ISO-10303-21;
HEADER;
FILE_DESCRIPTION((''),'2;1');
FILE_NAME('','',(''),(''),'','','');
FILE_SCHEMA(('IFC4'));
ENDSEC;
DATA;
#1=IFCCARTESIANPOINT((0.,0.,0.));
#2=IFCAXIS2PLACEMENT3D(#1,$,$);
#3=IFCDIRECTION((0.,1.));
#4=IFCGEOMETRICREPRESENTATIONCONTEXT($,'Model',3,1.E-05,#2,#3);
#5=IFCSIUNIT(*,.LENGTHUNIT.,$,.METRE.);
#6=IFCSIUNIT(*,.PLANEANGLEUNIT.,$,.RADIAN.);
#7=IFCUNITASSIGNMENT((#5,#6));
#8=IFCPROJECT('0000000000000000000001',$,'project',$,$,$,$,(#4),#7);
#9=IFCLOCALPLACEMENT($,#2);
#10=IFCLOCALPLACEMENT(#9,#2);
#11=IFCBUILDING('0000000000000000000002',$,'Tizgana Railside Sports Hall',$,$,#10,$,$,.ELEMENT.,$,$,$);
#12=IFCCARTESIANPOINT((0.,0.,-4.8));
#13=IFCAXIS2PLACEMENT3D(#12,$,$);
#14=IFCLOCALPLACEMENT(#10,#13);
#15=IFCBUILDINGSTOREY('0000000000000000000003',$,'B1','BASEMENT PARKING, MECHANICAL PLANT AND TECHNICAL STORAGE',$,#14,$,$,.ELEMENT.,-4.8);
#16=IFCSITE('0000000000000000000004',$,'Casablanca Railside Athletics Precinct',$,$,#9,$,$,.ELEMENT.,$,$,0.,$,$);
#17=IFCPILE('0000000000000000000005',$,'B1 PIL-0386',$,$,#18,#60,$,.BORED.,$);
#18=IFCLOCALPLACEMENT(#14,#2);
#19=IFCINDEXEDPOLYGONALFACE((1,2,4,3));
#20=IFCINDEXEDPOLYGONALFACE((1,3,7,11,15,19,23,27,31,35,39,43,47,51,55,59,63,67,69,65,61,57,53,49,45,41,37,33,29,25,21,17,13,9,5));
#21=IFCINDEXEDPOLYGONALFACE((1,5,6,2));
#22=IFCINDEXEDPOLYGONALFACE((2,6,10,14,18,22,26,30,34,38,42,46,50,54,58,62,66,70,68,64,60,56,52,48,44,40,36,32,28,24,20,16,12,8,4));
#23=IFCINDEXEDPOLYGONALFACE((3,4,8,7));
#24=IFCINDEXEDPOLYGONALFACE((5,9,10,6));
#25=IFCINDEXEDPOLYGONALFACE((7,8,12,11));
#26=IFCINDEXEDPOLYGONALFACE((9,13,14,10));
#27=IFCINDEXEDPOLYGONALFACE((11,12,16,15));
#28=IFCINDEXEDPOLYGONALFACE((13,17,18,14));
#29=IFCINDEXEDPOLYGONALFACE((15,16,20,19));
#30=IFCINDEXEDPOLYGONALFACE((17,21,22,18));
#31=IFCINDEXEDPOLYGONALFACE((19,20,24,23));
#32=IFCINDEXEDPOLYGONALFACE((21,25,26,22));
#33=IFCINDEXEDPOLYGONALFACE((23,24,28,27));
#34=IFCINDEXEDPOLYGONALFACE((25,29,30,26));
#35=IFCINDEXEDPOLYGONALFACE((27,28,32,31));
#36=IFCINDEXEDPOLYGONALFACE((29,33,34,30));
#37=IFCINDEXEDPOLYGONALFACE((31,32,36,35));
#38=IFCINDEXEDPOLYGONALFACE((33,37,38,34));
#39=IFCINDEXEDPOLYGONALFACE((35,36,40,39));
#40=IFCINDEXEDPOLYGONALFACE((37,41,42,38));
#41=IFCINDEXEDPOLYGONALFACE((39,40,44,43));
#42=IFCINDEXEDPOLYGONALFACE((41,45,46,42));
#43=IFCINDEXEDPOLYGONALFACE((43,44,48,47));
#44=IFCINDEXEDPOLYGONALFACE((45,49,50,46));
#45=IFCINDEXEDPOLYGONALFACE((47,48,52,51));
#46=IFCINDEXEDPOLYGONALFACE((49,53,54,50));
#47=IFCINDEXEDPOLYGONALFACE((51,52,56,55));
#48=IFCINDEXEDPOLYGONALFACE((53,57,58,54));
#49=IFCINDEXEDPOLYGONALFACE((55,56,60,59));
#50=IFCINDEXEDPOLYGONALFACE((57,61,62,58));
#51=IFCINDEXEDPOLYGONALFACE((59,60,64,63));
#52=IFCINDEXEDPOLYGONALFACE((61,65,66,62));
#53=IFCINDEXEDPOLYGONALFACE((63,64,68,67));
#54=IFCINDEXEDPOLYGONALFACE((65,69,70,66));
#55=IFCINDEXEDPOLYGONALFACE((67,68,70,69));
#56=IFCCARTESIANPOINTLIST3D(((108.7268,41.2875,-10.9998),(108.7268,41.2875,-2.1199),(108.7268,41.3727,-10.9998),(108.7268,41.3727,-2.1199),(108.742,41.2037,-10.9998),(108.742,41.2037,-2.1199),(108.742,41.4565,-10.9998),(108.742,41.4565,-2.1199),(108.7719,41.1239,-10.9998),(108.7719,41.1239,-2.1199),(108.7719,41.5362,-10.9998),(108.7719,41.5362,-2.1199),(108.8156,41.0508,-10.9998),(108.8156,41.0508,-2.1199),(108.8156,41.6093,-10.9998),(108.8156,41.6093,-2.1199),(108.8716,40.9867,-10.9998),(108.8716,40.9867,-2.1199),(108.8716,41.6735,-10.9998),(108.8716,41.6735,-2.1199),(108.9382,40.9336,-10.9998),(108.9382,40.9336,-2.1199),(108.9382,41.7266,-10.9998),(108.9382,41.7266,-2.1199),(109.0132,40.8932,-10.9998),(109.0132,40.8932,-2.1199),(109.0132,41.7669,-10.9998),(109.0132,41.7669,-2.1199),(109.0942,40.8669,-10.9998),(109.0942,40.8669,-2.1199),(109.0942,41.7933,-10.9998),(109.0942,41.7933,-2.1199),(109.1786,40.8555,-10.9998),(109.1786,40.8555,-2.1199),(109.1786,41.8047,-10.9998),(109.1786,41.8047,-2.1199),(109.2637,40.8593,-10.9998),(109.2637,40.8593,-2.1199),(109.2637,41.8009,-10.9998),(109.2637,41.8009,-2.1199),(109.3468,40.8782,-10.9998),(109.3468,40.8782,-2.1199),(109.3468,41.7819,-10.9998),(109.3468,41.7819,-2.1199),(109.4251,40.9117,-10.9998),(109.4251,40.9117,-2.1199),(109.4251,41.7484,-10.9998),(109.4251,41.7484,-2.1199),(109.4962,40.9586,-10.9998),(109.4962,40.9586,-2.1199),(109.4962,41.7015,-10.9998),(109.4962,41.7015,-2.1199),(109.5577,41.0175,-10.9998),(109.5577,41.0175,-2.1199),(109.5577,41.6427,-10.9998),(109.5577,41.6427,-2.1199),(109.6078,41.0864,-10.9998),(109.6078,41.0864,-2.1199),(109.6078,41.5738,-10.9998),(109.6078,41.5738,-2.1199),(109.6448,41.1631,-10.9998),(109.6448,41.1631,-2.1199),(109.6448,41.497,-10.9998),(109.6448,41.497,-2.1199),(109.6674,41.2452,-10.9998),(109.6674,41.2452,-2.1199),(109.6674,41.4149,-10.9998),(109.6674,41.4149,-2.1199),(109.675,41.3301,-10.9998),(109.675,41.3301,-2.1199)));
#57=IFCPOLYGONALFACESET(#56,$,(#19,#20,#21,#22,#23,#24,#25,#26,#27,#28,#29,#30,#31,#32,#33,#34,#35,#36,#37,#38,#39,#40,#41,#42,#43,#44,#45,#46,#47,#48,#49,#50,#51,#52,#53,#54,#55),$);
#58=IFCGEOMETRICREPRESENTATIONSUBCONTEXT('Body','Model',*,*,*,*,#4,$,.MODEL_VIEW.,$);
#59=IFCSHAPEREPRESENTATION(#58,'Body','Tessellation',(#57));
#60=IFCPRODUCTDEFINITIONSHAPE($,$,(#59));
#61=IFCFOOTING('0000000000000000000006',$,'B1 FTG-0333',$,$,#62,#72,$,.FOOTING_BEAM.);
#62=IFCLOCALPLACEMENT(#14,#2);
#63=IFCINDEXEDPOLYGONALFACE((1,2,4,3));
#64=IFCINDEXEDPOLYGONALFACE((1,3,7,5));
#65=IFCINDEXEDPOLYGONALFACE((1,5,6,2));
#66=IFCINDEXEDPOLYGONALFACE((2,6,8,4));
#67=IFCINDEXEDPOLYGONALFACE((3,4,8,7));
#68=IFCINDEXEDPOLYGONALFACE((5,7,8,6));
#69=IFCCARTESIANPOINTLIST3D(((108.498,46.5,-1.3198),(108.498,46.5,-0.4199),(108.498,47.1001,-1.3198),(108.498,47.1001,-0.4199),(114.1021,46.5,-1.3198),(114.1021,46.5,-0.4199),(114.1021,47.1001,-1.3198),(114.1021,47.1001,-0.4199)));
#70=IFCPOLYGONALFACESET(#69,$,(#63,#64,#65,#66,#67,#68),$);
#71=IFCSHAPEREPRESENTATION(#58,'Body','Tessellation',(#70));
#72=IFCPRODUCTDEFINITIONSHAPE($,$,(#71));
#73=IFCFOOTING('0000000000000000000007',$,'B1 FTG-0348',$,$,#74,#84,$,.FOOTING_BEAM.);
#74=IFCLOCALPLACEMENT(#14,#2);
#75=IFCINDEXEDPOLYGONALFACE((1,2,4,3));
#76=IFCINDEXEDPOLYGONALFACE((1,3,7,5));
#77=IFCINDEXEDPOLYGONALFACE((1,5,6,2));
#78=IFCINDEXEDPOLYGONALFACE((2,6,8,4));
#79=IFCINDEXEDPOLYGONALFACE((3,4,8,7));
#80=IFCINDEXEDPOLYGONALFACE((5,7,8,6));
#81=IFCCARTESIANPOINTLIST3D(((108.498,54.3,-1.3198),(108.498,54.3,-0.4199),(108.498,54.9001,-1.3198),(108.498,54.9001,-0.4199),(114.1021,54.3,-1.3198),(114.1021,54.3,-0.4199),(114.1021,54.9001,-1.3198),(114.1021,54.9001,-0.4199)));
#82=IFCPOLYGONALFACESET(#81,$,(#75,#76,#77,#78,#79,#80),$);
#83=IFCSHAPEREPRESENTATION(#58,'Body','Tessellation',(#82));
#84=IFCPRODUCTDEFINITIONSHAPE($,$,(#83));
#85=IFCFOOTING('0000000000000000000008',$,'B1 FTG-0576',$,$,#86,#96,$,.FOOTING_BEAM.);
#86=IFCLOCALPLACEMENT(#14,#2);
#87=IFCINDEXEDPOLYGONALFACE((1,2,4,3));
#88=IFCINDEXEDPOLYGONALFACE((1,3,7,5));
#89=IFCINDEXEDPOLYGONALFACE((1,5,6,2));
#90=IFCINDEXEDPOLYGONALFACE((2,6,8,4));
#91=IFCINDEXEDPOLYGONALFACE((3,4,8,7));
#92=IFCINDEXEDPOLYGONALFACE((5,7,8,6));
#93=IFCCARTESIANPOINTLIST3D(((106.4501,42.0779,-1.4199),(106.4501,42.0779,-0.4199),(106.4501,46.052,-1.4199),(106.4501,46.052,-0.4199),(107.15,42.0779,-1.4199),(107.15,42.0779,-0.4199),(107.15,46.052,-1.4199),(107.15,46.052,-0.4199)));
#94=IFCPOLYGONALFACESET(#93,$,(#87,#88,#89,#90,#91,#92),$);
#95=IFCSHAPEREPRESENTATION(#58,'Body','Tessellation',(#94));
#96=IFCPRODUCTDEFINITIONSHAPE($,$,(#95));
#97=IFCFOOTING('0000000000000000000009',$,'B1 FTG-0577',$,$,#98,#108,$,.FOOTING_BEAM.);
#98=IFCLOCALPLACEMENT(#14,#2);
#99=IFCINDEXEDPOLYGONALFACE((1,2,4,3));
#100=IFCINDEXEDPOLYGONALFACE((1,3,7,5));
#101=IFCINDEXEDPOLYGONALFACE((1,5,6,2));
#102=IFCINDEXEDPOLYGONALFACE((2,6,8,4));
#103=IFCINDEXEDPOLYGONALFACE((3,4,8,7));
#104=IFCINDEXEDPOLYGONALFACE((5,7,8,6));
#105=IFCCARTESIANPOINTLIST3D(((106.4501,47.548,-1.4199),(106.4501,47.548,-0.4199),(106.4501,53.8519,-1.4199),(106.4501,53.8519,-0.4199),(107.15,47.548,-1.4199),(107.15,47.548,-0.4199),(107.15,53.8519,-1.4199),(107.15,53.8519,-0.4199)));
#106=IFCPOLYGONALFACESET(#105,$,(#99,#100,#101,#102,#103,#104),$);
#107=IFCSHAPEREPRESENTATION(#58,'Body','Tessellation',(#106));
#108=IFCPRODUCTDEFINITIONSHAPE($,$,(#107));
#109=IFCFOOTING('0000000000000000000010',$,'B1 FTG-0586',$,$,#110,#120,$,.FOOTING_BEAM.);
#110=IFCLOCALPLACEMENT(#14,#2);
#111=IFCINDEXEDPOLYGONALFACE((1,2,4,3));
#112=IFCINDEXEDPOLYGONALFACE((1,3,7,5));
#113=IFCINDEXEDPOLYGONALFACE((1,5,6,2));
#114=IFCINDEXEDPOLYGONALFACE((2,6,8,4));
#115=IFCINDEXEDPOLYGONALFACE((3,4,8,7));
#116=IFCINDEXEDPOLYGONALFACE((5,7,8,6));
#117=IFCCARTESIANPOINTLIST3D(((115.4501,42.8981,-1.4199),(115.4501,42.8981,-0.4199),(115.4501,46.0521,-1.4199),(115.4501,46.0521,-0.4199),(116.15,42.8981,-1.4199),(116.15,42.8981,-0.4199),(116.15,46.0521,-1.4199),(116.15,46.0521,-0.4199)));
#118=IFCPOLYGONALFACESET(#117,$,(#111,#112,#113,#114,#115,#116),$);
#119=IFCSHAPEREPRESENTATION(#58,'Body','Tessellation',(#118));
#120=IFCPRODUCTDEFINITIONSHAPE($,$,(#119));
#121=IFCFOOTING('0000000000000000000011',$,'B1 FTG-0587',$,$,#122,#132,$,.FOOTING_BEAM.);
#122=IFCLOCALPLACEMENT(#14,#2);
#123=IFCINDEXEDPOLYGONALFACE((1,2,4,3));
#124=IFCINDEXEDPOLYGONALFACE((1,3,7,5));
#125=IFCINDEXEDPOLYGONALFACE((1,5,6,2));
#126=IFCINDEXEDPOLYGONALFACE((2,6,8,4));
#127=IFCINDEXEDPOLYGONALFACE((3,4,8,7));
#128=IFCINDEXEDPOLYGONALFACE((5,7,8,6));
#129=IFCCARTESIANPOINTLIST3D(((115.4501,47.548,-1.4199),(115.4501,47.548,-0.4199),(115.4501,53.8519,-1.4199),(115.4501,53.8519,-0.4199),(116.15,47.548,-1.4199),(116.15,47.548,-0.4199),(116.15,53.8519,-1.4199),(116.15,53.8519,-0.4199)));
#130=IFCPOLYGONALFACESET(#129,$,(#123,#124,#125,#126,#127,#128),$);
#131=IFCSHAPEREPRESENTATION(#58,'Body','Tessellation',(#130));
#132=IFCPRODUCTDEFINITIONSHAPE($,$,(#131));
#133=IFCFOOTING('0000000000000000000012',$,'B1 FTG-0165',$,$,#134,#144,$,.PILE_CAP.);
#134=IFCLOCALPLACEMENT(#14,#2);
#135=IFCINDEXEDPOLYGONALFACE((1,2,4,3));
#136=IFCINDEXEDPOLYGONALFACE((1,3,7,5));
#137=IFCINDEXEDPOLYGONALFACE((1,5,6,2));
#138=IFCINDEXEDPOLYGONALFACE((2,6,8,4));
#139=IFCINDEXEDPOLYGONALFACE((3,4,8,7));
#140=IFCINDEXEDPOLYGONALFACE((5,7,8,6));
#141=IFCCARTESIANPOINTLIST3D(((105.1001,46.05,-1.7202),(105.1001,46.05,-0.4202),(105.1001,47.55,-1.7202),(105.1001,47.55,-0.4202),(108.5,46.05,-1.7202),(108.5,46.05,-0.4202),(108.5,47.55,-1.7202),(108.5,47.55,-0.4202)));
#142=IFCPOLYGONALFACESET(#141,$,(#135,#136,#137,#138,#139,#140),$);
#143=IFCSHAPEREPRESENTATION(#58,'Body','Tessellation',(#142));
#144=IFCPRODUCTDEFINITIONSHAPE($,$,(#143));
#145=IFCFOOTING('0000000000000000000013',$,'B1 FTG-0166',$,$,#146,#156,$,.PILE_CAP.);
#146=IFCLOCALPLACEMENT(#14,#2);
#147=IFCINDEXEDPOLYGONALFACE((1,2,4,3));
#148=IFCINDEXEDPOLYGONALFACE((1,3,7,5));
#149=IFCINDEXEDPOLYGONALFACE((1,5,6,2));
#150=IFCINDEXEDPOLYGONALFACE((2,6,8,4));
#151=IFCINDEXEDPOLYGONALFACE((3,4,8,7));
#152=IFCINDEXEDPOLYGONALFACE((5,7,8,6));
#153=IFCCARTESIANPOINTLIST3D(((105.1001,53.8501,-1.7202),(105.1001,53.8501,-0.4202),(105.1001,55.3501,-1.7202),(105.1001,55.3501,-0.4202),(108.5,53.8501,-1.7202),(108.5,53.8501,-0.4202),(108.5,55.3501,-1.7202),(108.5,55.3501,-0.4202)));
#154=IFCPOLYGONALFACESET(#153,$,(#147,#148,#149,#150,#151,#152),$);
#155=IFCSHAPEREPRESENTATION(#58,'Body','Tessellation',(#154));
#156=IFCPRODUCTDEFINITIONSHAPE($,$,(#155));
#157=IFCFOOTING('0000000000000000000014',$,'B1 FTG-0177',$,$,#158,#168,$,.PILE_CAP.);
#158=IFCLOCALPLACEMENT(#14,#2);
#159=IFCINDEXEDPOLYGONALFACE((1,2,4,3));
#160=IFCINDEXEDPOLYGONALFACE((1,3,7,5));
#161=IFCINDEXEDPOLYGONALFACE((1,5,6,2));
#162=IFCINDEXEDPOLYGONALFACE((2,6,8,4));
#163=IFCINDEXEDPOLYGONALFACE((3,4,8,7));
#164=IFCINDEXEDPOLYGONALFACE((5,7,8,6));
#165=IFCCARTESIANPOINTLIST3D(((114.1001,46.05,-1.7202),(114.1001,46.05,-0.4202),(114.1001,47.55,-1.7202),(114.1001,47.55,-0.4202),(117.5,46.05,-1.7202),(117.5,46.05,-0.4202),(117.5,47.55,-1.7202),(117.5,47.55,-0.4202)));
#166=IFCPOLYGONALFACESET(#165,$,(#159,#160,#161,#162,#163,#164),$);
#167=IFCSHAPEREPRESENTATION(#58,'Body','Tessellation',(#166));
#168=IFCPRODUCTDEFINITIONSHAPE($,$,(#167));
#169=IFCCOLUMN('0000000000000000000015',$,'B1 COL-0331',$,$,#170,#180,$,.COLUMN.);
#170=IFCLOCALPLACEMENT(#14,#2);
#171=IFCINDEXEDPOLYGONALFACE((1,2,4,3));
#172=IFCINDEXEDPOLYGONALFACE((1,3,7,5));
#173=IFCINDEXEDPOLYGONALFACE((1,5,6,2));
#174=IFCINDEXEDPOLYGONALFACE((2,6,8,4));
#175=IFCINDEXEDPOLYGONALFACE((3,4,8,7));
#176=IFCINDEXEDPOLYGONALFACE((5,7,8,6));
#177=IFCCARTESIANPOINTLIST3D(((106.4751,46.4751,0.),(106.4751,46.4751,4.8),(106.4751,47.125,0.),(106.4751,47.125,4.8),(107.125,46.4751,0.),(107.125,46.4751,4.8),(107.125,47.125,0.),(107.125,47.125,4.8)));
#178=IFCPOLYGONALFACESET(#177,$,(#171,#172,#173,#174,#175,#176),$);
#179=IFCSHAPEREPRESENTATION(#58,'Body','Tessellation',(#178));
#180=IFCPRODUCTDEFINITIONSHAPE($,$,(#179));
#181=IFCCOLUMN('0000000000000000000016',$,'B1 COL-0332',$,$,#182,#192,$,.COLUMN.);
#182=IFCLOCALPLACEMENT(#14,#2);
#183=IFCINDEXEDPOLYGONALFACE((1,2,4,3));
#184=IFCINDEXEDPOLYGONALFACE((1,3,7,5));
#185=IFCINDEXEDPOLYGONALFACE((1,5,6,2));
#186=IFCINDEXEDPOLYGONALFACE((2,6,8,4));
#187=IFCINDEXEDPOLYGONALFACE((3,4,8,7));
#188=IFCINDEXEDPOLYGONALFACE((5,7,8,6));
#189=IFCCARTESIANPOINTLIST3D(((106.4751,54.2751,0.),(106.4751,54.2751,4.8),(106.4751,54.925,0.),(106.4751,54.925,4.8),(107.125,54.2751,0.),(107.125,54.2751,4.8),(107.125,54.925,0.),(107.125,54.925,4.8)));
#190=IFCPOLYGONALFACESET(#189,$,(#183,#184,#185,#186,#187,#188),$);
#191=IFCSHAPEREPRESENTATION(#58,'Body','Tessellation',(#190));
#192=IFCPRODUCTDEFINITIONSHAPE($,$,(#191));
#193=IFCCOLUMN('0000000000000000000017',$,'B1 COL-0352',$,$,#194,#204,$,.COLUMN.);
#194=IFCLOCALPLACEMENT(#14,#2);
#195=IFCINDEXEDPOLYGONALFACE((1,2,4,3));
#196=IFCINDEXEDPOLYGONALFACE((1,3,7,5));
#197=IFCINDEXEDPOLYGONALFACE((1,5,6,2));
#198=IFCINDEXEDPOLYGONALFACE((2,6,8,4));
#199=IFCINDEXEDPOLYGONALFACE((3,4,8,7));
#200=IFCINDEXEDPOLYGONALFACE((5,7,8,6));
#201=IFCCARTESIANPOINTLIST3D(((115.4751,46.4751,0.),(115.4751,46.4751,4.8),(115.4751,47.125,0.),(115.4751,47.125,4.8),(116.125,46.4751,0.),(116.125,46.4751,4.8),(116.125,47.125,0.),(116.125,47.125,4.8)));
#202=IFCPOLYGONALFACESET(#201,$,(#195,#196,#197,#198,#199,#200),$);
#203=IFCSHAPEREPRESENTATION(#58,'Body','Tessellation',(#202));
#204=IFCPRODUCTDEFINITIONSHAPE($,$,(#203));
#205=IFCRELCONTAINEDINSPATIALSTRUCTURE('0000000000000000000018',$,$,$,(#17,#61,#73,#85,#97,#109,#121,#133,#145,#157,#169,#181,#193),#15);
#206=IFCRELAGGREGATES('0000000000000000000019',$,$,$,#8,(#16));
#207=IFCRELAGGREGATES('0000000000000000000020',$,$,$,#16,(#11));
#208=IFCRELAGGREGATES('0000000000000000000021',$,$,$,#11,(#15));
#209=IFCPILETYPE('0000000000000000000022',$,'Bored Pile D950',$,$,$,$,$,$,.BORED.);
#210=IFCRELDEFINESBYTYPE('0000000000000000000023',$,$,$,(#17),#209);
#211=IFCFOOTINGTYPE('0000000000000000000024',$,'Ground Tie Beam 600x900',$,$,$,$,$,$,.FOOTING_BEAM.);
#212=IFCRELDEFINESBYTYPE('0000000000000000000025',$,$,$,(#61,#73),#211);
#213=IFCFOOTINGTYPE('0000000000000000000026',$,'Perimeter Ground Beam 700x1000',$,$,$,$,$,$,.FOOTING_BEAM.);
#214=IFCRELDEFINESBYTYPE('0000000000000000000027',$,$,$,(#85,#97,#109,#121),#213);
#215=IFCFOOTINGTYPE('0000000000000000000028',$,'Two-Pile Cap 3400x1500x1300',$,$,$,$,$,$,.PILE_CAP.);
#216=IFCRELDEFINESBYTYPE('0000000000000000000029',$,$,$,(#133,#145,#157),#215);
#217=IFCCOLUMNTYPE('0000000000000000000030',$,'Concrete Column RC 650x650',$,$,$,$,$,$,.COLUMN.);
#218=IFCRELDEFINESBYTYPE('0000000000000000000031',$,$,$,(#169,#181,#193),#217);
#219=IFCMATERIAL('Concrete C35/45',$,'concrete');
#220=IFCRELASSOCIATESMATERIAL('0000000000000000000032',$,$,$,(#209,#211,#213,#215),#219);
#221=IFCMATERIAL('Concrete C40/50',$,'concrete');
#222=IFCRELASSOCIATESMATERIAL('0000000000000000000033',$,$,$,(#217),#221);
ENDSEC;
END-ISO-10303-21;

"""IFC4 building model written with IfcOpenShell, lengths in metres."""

from ifc_helpers import new_model, si_unit, direction, frame, origin, origin_2d, place, context, subcontext, project, spatial, rectangle, circle, extrude, material, material_profile, profile_set, type_object, element, save


model = new_model("IFC4")

# Units and contexts
model_context = context("Model", 3, precision=1e-05, world=origin(), true_north=direction((0.0, 1.0)))
body_context = subcontext(model_context, "Body", "Model", "MODEL_VIEW")
ifc_project = project(units=[si_unit("LENGTHUNIT", "METRE"), si_unit("PLANEANGLEUNIT", "RADIAN")], contexts=[model_context])

# Site, building, storey
site_placement = place(None, origin())
site = spatial("IfcSite", under=ifc_project, at=site_placement, Name="Casablanca Railside Athletics Precinct", CompositionType="ELEMENT", RefElevation=0.0)
building_placement = place(site_placement, origin())
building = spatial("IfcBuilding", under=site, at=building_placement, Name="Tizgana Railside Sports Hall", CompositionType="ELEMENT")
storey_placement = place(building_placement, frame((0.0, 0.0, -4.8)))
storey = spatial("IfcBuildingStorey", under=building, at=storey_placement, Name="B1", Description="BASEMENT PARKING, MECHANICAL PLANT AND TECHNICAL STORAGE", CompositionType="ELEMENT", Elevation=-4.8)

# Pile
ifc_material_1 = material(Name="Concrete C35/45", Category="concrete")
ifc_material_profile_1 = material_profile(ifc_material_1, circle(Radius=0.4751, at=origin_2d()), Name="PILE D950")
ifc_profile_set_1 = profile_set([ifc_material_profile_1], Name="Concrete C35/45")
pile_type_1 = type_object("IfcPileType", Name="Bored Pile D950", PredefinedType="BORED", material=ifc_profile_set_1)
for number, where, z_axis, x_axis, name in (
    (1, (109.2, 41.3301, -2.1199), (0.0, 0.0, -1.0), (1.0, 0.0, 0.0), "B1 PIL-0386"),
):
    element("IfcPile", number, at=place(storey_placement, frame(where, z_axis=z_axis, x_axis=x_axis)), inside=storey, type_object=pile_type_1, Name=name, PredefinedType="BORED", context=body_context, shape_type="SweptSolid", body=[
        extrude(circle(Radius=0.4751, at=origin_2d()), origin(), (0.0, 0.0, 1.0), 8.8799),
    ])

# Footings
footing_type_1 = type_object("IfcFootingType", Name="Ground Tie Beam 600x900", PredefinedType="FOOTING_BEAM", material=ifc_material_1)
for number, where, z_axis, x_axis, name in (
    (2, (111.3, 46.8, -1.3198), (0.0, 0.0, 1.0), (1.0, 0.0, 0.0), "B1 FTG-0333"),
    (3, (111.3, 54.6001, -1.3198), (0.0, 0.0, 1.0), (1.0, 0.0, 0.0), "B1 FTG-0348"),
):
    element("IfcFooting", number, at=place(storey_placement, frame(where, z_axis=z_axis, x_axis=x_axis)), inside=storey, type_object=footing_type_1, Name=name, PredefinedType="FOOTING_BEAM", context=body_context, shape_type="SweptSolid", body=[
        extrude(rectangle(XDim=5.604, YDim=0.6001, at=origin_2d()), origin(), (0.0, 0.0, 1.0), 0.8999),
    ])
footing_type_2 = type_object("IfcFootingType", Name="Perimeter Ground Beam 700x1000", PredefinedType="FOOTING_BEAM", material=ifc_material_1)
footing_1_placement = place(storey_placement, frame((106.8, 44.0649, -1.4199), z_axis=(0.0, 0.0, 1.0), x_axis=(0.0, 1.0, 0.0)))
element("IfcFooting", 4, at=footing_1_placement, inside=storey, type_object=footing_type_2, Name="B1 FTG-0576", PredefinedType="FOOTING_BEAM", context=body_context, shape_type="SweptSolid", body=[
    extrude(rectangle(XDim=3.9741, YDim=0.7, at=origin_2d()), origin(), (0.0, 0.0, 1.0), 1.0),
])
footing_2_placement = place(storey_placement, frame((106.8, 50.7, -1.4199), z_axis=(0.0, 0.0, 1.0), x_axis=(0.0, 1.0, 0.0)))
element("IfcFooting", 5, at=footing_2_placement, inside=storey, type_object=footing_type_2, Name="B1 FTG-0577", PredefinedType="FOOTING_BEAM", context=body_context, shape_type="SweptSolid", body=[
    extrude(rectangle(XDim=6.304, YDim=0.7, at=origin_2d()), origin(), (0.0, 0.0, 1.0), 1.0),
])
footing_3_placement = place(storey_placement, frame((115.8, 44.4751, -1.4199), z_axis=(0.0, 0.0, 1.0), x_axis=(0.0, 1.0, 0.0)))
element("IfcFooting", 6, at=footing_3_placement, inside=storey, type_object=footing_type_2, Name="B1 FTG-0586", PredefinedType="FOOTING_BEAM", context=body_context, shape_type="SweptSolid", body=[
    extrude(rectangle(XDim=3.1541, YDim=0.7, at=origin_2d()), origin(), (0.0, 0.0, 1.0), 1.0),
])
footing_4_placement = place(storey_placement, frame((115.8, 50.7, -1.4199), z_axis=(0.0, 0.0, 1.0), x_axis=(0.0, 1.0, 0.0)))
element("IfcFooting", 7, at=footing_4_placement, inside=storey, type_object=footing_type_2, Name="B1 FTG-0587", PredefinedType="FOOTING_BEAM", context=body_context, shape_type="SweptSolid", body=[
    extrude(rectangle(XDim=6.304, YDim=0.7, at=origin_2d()), origin(), (0.0, 0.0, 1.0), 1.0),
])
footing_type_3 = type_object("IfcFootingType", Name="Two-Pile Cap 3400x1500x1300", PredefinedType="PILE_CAP", material=ifc_material_1)
for number, where, z_axis, x_axis, name in (
    (8, (106.8, 46.8, -1.7202), (0.0, 0.0, 1.0), (1.0, 0.0, 0.0), "B1 FTG-0165"),
    (9, (106.8, 54.6001, -1.7202), (0.0, 0.0, 1.0), (1.0, 0.0, 0.0), "B1 FTG-0166"),
    (10, (115.8, 46.8, -1.7202), (0.0, 0.0, 1.0), (1.0, 0.0, 0.0), "B1 FTG-0177"),
):
    element("IfcFooting", number, at=place(storey_placement, frame(where, z_axis=z_axis, x_axis=x_axis)), inside=storey, type_object=footing_type_3, Name=name, PredefinedType="PILE_CAP", context=body_context, shape_type="SweptSolid", body=[
        extrude(rectangle(XDim=3.3999, YDim=1.5, at=origin_2d()), origin(), (0.0, 0.0, 1.0), 1.3),
    ])

# Columns
ifc_material_2 = material(Name="Concrete C40/50", Category="concrete")
ifc_material_profile_2 = material_profile(ifc_material_2, rectangle(XDim=0.6499, YDim=0.6499, at=origin_2d()), Name="RC 650x650")
ifc_profile_set_2 = profile_set([ifc_material_profile_2], Name="Concrete C40/50")
column_type = type_object("IfcColumnType", Name="Concrete Column RC 650x650", PredefinedType="COLUMN", material=ifc_profile_set_2)
for number, where, z_axis, x_axis, name in (
    (11, (106.8, 46.8, 0.0), (0.0, 0.0, 1.0), (1.0, 0.0, 0.0), "B1 COL-0331"),
    (12, (106.8, 54.6001, 0.0), (0.0, 0.0, 1.0), (1.0, 0.0, 0.0), "B1 COL-0332"),
    (13, (115.8, 46.8, 0.0), (0.0, 0.0, 1.0), (1.0, 0.0, 0.0), "B1 COL-0352"),
):
    element("IfcColumn", number, at=place(storey_placement, frame(where, z_axis=z_axis, x_axis=x_axis)), inside=storey, type_object=column_type, Name=name, PredefinedType="COLUMN", context=body_context, shape_type="SweptSolid", body=[
        extrude(rectangle(XDim=0.6499, YDim=0.6499, at=origin_2d()), origin(), (0.0, 0.0, 1.0), 4.8),
    ])

save(model, "model.ifc")
